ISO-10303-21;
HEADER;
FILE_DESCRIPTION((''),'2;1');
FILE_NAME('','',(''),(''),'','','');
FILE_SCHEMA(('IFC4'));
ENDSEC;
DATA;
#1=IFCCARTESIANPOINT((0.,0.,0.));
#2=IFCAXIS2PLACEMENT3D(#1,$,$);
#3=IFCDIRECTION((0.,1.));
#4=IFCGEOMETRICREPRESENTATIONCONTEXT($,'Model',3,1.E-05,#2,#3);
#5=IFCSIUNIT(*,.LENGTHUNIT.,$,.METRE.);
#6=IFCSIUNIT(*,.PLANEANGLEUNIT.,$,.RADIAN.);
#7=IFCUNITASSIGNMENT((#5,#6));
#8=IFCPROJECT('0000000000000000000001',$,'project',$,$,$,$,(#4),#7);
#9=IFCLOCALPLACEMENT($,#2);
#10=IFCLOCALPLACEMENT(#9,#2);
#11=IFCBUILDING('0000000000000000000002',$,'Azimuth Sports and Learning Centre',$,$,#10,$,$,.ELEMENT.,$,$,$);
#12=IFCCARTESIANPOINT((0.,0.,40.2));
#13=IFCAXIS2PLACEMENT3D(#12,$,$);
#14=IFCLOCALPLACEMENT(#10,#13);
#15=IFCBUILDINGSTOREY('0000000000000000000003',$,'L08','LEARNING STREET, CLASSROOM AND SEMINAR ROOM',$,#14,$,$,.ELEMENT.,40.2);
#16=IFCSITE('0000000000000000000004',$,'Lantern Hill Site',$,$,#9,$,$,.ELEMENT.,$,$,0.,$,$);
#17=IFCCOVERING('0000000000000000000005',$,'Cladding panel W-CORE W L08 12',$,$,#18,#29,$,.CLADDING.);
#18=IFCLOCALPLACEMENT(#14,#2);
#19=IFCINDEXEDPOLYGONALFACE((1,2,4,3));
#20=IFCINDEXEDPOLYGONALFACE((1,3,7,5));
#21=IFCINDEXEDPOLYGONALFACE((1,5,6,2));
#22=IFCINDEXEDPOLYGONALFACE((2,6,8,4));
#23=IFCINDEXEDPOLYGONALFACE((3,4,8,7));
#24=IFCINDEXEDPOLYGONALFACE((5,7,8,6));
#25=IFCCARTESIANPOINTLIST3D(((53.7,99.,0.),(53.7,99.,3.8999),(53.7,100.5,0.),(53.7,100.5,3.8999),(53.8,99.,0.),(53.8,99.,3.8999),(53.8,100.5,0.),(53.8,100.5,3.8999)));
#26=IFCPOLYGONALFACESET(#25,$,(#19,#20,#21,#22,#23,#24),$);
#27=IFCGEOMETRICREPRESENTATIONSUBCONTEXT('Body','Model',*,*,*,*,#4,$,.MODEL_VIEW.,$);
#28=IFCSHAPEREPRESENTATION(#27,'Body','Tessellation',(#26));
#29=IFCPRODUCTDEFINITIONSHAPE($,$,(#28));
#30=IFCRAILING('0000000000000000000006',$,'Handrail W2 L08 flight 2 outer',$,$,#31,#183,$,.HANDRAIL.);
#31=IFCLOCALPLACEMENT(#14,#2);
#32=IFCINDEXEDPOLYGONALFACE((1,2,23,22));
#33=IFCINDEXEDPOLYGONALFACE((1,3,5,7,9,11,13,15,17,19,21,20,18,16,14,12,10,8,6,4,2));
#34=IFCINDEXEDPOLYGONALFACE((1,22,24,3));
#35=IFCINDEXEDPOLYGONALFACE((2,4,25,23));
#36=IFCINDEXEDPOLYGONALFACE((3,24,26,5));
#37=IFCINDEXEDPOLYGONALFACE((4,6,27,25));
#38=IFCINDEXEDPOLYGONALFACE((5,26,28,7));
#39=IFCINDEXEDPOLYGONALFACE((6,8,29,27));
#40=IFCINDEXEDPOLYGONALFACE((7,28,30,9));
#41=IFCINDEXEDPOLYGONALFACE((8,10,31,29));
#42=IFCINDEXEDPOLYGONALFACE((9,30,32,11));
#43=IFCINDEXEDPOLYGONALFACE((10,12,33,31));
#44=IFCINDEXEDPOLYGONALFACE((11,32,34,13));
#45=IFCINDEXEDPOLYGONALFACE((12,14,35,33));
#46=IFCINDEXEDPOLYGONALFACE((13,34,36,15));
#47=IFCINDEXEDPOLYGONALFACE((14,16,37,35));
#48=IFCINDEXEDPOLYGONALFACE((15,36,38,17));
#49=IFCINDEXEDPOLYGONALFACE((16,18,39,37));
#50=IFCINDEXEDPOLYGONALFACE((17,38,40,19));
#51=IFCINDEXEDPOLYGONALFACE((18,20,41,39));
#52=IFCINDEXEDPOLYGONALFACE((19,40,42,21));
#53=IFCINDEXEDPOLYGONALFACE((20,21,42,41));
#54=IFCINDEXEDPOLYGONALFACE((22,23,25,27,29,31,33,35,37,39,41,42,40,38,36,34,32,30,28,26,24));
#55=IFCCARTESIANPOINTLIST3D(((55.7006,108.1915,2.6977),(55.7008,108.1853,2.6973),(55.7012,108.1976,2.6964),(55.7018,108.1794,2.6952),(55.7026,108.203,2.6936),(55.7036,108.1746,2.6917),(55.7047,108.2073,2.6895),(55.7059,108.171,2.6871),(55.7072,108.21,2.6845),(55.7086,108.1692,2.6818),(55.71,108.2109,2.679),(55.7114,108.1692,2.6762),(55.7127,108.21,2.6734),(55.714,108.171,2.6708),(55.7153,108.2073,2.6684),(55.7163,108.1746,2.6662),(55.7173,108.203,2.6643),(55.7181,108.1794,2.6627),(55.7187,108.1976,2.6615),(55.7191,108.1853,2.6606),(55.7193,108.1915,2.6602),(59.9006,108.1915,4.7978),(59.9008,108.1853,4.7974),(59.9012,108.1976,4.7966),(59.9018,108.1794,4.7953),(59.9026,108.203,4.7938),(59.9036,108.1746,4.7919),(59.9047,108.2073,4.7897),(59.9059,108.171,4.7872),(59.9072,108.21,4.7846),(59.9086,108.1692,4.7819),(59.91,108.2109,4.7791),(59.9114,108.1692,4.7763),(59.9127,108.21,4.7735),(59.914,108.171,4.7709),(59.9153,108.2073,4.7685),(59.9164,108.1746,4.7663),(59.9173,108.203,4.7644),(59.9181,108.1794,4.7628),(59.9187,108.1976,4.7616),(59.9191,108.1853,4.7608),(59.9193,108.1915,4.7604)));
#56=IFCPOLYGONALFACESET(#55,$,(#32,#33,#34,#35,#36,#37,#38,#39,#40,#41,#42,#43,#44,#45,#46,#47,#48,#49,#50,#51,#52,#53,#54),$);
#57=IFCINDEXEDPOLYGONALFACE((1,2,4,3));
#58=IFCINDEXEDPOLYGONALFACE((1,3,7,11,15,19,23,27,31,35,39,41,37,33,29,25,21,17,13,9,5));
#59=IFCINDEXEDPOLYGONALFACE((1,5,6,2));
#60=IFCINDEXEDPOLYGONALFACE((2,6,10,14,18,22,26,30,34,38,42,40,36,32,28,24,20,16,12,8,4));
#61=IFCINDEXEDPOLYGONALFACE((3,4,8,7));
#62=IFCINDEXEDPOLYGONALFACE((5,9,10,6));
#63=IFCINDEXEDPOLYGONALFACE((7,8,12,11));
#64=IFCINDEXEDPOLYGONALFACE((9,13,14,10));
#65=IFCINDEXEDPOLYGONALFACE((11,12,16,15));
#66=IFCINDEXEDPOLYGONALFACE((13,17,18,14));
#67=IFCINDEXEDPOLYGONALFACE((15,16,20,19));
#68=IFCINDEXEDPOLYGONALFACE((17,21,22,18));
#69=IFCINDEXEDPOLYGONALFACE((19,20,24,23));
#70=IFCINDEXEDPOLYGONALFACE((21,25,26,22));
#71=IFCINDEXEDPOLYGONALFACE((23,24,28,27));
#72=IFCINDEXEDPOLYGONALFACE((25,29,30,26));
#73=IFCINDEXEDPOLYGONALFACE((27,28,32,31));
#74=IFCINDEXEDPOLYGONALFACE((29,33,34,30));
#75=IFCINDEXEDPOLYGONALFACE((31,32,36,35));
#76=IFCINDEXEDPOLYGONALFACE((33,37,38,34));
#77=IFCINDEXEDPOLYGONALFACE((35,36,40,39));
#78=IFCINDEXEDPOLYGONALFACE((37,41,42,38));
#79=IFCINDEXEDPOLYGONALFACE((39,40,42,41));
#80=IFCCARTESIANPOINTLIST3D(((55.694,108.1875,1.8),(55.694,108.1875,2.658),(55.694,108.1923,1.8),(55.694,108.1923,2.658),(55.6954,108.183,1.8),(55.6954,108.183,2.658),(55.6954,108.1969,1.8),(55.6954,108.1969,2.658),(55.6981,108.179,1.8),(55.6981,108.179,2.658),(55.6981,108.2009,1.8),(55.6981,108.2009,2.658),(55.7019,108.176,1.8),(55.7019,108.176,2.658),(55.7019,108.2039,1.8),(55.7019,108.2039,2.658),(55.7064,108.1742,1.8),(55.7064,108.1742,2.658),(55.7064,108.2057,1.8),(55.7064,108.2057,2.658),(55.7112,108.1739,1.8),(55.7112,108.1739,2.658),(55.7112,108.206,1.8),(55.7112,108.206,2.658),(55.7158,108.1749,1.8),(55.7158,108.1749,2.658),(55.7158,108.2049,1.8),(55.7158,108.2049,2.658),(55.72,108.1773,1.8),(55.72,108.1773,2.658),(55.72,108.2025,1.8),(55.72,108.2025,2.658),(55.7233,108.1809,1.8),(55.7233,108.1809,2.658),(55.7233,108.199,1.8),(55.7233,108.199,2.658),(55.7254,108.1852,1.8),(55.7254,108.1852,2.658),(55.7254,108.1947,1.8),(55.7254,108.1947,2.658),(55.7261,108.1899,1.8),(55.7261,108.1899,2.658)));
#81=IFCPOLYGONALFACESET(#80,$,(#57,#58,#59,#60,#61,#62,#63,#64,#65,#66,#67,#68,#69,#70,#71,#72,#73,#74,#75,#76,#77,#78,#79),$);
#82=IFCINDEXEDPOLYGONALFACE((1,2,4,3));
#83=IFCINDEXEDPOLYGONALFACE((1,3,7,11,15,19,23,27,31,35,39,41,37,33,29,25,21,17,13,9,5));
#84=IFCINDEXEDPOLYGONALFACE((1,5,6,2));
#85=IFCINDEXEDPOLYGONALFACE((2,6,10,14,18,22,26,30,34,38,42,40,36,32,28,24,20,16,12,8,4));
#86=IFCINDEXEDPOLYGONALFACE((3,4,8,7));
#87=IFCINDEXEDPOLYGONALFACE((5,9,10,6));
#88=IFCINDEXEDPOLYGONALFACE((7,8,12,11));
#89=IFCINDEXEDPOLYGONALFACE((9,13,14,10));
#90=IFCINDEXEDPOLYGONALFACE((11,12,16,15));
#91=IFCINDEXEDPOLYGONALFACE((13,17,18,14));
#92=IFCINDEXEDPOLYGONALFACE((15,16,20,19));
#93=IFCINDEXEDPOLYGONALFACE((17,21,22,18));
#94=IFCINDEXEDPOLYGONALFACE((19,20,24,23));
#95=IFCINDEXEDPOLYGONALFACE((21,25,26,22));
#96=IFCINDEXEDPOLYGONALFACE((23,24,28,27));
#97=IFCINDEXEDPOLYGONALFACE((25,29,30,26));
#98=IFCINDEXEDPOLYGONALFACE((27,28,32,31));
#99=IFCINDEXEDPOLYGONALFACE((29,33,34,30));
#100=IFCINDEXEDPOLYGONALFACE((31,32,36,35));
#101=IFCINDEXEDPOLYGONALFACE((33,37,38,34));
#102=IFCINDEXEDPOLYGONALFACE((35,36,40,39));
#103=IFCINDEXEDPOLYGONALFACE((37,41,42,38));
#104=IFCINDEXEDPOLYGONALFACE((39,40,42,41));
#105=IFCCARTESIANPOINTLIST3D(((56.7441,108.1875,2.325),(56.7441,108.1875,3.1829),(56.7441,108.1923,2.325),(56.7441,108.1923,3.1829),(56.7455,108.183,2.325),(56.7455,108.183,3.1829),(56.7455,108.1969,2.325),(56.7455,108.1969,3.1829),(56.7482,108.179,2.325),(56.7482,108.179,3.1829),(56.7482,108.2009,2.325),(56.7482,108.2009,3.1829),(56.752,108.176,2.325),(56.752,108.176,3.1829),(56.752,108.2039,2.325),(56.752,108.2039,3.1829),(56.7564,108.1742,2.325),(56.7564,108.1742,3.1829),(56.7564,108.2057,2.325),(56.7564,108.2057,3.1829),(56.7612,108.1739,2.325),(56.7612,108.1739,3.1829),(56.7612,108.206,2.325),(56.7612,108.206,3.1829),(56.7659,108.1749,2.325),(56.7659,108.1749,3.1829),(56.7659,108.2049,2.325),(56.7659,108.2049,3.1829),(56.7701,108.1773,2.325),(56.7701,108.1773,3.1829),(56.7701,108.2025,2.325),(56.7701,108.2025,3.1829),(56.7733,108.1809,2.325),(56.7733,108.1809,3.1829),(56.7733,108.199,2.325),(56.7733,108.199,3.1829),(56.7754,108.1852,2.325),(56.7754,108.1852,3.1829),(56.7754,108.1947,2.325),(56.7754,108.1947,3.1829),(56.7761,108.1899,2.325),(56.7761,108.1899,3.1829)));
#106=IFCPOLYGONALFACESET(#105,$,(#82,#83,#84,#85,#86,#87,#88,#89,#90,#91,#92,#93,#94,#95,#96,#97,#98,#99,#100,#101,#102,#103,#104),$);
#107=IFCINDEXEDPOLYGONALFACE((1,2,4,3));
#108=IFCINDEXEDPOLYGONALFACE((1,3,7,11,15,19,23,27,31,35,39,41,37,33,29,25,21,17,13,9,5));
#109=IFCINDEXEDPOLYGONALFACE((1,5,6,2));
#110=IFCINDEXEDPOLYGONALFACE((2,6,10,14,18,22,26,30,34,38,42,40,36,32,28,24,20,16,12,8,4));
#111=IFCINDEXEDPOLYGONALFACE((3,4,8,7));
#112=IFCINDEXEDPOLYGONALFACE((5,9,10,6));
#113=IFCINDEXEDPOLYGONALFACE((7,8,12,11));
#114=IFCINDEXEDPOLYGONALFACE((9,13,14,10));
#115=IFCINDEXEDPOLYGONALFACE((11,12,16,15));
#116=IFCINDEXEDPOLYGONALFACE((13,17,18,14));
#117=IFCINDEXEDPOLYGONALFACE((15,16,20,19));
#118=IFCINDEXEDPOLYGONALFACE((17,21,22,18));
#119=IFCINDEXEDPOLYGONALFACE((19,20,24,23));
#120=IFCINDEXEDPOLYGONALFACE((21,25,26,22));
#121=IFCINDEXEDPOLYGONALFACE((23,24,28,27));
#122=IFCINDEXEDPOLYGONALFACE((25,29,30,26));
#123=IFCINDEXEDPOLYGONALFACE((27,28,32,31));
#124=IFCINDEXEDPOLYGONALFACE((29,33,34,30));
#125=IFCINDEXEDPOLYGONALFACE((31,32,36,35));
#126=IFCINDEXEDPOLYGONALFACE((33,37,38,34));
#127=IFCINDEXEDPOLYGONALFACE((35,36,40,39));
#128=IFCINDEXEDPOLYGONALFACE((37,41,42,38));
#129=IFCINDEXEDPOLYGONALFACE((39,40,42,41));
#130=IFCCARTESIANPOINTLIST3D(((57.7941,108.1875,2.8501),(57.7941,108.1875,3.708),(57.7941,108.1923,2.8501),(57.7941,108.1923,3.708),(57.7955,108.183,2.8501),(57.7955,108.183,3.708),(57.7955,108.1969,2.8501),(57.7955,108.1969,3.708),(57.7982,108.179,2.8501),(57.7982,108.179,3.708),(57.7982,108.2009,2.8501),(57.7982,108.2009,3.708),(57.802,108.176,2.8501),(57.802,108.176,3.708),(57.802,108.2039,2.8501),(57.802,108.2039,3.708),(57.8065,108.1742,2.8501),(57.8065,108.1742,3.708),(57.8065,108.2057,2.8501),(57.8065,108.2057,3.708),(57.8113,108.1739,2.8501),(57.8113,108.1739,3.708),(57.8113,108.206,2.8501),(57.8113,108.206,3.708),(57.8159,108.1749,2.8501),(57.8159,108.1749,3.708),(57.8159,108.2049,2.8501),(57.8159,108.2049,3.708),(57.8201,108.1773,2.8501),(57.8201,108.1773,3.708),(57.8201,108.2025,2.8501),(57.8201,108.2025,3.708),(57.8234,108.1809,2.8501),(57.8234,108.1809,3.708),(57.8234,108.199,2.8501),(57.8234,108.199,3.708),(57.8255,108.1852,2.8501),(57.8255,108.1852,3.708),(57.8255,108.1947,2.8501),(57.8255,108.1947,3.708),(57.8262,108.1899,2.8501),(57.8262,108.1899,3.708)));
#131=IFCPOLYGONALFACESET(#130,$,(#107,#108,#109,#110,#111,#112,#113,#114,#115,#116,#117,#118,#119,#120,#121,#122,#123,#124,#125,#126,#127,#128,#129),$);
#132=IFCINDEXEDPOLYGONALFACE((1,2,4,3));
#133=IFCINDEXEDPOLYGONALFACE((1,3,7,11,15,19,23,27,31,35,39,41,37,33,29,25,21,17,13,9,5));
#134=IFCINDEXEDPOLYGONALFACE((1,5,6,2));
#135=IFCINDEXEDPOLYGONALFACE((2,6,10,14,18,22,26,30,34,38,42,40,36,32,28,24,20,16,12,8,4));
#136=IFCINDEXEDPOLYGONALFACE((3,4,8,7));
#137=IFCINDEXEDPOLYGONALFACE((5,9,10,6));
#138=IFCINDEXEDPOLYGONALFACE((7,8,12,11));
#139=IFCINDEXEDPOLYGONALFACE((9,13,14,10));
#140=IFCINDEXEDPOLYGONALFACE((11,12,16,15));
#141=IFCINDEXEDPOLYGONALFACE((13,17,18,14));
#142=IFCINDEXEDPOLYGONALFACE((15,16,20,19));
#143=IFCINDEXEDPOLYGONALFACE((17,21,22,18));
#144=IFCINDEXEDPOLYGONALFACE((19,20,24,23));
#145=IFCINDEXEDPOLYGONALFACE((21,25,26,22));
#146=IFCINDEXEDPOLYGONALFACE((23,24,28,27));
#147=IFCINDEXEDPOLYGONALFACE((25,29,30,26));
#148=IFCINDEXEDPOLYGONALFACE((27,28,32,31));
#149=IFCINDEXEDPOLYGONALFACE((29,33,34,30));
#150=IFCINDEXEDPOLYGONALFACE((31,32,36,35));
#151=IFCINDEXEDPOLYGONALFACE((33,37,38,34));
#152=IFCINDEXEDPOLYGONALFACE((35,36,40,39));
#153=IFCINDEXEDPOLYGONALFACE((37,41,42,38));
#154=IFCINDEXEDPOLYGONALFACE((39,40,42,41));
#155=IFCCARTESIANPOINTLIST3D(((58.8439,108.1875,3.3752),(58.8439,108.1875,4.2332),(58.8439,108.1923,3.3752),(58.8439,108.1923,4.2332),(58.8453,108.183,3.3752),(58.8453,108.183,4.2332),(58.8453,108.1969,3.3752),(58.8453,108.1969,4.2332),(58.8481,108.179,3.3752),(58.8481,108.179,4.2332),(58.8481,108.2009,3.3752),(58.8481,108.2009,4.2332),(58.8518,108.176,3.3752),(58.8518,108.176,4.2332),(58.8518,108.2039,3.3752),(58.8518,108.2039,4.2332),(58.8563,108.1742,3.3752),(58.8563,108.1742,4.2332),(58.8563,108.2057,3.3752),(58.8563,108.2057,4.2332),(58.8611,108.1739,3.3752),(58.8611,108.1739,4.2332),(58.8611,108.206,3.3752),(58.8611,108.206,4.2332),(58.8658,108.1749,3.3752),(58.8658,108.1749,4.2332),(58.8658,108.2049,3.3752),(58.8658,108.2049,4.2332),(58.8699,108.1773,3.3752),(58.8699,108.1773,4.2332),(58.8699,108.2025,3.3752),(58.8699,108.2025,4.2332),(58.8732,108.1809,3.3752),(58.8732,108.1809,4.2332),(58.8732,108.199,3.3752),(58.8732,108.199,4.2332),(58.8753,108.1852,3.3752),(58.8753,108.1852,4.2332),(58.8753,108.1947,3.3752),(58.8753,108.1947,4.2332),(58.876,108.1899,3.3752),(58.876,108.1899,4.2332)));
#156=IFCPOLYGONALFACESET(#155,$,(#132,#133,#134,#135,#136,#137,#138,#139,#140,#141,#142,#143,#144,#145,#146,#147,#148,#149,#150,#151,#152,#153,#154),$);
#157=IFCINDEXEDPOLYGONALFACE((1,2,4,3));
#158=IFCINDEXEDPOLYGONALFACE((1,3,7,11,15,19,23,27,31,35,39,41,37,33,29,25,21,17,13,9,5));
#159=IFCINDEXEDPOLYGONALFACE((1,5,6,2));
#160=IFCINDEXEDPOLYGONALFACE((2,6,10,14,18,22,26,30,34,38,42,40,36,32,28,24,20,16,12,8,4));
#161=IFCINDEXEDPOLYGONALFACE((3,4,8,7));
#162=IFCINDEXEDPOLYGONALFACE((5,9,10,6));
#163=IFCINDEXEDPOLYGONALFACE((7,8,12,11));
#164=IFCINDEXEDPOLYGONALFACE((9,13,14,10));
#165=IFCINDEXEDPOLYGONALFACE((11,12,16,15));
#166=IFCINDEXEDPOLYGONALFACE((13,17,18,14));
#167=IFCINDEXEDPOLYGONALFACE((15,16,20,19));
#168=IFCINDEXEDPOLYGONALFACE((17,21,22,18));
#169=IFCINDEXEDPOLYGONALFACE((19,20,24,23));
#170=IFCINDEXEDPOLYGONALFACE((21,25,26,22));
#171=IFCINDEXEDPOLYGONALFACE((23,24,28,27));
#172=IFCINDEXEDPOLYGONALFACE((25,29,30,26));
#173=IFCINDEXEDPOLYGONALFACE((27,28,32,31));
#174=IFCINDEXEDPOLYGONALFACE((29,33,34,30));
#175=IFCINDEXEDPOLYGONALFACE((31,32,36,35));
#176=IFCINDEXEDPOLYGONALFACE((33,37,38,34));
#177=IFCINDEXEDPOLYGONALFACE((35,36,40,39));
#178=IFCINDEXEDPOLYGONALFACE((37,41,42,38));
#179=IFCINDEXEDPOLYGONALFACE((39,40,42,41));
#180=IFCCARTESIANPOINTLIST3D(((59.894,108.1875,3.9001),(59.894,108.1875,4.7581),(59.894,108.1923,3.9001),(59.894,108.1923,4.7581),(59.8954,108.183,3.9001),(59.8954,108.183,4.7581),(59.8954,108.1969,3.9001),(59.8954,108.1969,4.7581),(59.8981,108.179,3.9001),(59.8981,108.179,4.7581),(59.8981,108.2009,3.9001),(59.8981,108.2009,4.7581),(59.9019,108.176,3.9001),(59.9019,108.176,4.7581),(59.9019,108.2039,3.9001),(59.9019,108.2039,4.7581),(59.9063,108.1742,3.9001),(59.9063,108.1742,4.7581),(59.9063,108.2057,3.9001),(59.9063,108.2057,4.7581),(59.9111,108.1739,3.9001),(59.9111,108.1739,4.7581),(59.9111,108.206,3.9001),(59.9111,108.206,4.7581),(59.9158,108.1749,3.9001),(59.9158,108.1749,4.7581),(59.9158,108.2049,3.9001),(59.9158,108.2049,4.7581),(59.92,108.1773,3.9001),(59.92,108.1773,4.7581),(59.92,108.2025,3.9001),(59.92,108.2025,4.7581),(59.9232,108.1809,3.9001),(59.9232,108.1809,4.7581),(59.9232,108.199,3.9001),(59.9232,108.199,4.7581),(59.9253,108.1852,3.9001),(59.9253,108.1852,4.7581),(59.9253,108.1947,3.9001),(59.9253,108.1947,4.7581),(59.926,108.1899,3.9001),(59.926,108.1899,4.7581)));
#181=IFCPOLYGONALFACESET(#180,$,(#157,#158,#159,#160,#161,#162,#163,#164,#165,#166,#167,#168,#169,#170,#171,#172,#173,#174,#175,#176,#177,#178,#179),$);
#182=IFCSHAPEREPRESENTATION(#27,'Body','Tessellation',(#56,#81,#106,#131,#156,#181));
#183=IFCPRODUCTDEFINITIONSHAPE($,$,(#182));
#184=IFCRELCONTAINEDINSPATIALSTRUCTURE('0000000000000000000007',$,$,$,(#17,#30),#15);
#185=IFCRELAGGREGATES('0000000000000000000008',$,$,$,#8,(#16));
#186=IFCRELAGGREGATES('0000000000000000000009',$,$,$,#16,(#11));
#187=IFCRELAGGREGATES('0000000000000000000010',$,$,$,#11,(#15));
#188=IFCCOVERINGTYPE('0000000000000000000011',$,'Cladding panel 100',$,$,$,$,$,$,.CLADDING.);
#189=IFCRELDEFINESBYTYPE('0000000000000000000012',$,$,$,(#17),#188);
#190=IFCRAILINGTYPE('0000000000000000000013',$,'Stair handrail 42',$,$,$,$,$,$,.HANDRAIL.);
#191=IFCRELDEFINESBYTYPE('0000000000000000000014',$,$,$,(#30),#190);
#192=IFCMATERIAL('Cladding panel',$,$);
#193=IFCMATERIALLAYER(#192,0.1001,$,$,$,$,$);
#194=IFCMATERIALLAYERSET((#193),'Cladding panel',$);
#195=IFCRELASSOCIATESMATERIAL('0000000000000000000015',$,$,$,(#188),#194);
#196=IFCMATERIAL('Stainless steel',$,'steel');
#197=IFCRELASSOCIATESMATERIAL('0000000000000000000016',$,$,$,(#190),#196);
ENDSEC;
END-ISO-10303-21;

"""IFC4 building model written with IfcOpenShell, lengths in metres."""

from ifc_helpers import new_model, si_unit, direction, frame, origin, origin_2d, place, context, subcontext, project, spatial, rectangle, circle, extrude, material, layer, layer_set, type_object, element, save


model = new_model("IFC4")

# Units and contexts
model_context = context("Model", 3, precision=1e-05, world=origin(), true_north=direction((0.0, 1.0)))
body_context = subcontext(model_context, "Body", "Model", "MODEL_VIEW")
ifc_project = project(units=[si_unit("LENGTHUNIT", "METRE"), si_unit("PLANEANGLEUNIT", "RADIAN")], contexts=[model_context])

# Site, building, storey
site_placement = place(None, origin())
site = spatial("IfcSite", under=ifc_project, at=site_placement, Name="Lantern Hill Site", CompositionType="ELEMENT", RefElevation=0.0)
building_placement = place(site_placement, origin())
building = spatial("IfcBuilding", under=site, at=building_placement, Name="Azimuth Sports and Learning Centre", CompositionType="ELEMENT")
storey_placement = place(building_placement, frame((0.0, 0.0, 40.2)))
storey = spatial("IfcBuildingStorey", under=building, at=storey_placement, Name="L08", Description="LEARNING STREET, CLASSROOM AND SEMINAR ROOM", CompositionType="ELEMENT", Elevation=40.2)

# Covering
ifc_material_1 = material(Name="Cladding panel")
ifc_layer_1 = layer(ifc_material_1, 0.1001)
ifc_layer_set_1 = layer_set([ifc_layer_1], Name="Cladding panel")
covering_type = type_object("IfcCoveringType", Name="Cladding panel 100", PredefinedType="CLADDING", material=ifc_layer_set_1)
for number, where, z_axis, x_axis, name in (
    (1, (53.75, 99.75, 0.0), (0.0, 0.0, 1.0), (0.0, -1.0, 0.0), "Cladding panel W-CORE W L08 12"),
):
    element("IfcCovering", number, at=place(storey_placement, frame(where, z_axis=z_axis, x_axis=x_axis)), inside=storey, type_object=covering_type, Name=name, PredefinedType="CLADDING", context=body_context, shape_type="SweptSolid", body=[
        extrude(rectangle(XDim=1.5, YDim=0.1001, at=origin_2d()), origin(), (0.0, 0.0, 1.0), 3.8999),
    ])

# Railing
ifc_material_2 = material(Name="Stainless steel", Category="steel")
railing_type = type_object("IfcRailingType", Name="Stair handrail 42", PredefinedType="HANDRAIL", material=ifc_material_2)
railing_placement = place(storey_placement, frame((55.71, 108.1899, 1.8)))
element("IfcRailing", 2, at=railing_placement, inside=storey, type_object=railing_type, Name="Handrail W2 L08 flight 2 outer", PredefinedType="HANDRAIL", context=body_context, shape_type="SweptSolid", body=[
    extrude(circle(Radius=0.021, at=origin_2d()), frame((0.0, 0.0, 0.8789), z_axis=(0.894417, 0.0, 0.447234), x_axis=(0.0, 1.0, 0.0)), (0.0, 0.0, 1.0), 4.6958),
    extrude(circle(Radius=0.0161, at=origin_2d()), origin(), (0.0, 0.0, 1.0), 0.8579),
    extrude(circle(Radius=0.0161, at=origin_2d()), frame((1.05, 0.0, 0.5249)), (0.0, 0.0, 1.0), 0.8579),
    extrude(circle(Radius=0.0161, at=origin_2d()), frame((2.1001, 0.0, 1.05)), (0.0, 0.0, 1.0), 0.8579),
    extrude(circle(Radius=0.0161, at=origin_2d()), frame((3.1499, 0.0, 1.5752)), (0.0, 0.0, 1.0), 0.8579),
    extrude(circle(Radius=0.0161, at=origin_2d()), frame((4.2, 0.0, 2.1001)), (0.0, 0.0, 1.0), 0.8579),
])

save(model, "model.ifc")
